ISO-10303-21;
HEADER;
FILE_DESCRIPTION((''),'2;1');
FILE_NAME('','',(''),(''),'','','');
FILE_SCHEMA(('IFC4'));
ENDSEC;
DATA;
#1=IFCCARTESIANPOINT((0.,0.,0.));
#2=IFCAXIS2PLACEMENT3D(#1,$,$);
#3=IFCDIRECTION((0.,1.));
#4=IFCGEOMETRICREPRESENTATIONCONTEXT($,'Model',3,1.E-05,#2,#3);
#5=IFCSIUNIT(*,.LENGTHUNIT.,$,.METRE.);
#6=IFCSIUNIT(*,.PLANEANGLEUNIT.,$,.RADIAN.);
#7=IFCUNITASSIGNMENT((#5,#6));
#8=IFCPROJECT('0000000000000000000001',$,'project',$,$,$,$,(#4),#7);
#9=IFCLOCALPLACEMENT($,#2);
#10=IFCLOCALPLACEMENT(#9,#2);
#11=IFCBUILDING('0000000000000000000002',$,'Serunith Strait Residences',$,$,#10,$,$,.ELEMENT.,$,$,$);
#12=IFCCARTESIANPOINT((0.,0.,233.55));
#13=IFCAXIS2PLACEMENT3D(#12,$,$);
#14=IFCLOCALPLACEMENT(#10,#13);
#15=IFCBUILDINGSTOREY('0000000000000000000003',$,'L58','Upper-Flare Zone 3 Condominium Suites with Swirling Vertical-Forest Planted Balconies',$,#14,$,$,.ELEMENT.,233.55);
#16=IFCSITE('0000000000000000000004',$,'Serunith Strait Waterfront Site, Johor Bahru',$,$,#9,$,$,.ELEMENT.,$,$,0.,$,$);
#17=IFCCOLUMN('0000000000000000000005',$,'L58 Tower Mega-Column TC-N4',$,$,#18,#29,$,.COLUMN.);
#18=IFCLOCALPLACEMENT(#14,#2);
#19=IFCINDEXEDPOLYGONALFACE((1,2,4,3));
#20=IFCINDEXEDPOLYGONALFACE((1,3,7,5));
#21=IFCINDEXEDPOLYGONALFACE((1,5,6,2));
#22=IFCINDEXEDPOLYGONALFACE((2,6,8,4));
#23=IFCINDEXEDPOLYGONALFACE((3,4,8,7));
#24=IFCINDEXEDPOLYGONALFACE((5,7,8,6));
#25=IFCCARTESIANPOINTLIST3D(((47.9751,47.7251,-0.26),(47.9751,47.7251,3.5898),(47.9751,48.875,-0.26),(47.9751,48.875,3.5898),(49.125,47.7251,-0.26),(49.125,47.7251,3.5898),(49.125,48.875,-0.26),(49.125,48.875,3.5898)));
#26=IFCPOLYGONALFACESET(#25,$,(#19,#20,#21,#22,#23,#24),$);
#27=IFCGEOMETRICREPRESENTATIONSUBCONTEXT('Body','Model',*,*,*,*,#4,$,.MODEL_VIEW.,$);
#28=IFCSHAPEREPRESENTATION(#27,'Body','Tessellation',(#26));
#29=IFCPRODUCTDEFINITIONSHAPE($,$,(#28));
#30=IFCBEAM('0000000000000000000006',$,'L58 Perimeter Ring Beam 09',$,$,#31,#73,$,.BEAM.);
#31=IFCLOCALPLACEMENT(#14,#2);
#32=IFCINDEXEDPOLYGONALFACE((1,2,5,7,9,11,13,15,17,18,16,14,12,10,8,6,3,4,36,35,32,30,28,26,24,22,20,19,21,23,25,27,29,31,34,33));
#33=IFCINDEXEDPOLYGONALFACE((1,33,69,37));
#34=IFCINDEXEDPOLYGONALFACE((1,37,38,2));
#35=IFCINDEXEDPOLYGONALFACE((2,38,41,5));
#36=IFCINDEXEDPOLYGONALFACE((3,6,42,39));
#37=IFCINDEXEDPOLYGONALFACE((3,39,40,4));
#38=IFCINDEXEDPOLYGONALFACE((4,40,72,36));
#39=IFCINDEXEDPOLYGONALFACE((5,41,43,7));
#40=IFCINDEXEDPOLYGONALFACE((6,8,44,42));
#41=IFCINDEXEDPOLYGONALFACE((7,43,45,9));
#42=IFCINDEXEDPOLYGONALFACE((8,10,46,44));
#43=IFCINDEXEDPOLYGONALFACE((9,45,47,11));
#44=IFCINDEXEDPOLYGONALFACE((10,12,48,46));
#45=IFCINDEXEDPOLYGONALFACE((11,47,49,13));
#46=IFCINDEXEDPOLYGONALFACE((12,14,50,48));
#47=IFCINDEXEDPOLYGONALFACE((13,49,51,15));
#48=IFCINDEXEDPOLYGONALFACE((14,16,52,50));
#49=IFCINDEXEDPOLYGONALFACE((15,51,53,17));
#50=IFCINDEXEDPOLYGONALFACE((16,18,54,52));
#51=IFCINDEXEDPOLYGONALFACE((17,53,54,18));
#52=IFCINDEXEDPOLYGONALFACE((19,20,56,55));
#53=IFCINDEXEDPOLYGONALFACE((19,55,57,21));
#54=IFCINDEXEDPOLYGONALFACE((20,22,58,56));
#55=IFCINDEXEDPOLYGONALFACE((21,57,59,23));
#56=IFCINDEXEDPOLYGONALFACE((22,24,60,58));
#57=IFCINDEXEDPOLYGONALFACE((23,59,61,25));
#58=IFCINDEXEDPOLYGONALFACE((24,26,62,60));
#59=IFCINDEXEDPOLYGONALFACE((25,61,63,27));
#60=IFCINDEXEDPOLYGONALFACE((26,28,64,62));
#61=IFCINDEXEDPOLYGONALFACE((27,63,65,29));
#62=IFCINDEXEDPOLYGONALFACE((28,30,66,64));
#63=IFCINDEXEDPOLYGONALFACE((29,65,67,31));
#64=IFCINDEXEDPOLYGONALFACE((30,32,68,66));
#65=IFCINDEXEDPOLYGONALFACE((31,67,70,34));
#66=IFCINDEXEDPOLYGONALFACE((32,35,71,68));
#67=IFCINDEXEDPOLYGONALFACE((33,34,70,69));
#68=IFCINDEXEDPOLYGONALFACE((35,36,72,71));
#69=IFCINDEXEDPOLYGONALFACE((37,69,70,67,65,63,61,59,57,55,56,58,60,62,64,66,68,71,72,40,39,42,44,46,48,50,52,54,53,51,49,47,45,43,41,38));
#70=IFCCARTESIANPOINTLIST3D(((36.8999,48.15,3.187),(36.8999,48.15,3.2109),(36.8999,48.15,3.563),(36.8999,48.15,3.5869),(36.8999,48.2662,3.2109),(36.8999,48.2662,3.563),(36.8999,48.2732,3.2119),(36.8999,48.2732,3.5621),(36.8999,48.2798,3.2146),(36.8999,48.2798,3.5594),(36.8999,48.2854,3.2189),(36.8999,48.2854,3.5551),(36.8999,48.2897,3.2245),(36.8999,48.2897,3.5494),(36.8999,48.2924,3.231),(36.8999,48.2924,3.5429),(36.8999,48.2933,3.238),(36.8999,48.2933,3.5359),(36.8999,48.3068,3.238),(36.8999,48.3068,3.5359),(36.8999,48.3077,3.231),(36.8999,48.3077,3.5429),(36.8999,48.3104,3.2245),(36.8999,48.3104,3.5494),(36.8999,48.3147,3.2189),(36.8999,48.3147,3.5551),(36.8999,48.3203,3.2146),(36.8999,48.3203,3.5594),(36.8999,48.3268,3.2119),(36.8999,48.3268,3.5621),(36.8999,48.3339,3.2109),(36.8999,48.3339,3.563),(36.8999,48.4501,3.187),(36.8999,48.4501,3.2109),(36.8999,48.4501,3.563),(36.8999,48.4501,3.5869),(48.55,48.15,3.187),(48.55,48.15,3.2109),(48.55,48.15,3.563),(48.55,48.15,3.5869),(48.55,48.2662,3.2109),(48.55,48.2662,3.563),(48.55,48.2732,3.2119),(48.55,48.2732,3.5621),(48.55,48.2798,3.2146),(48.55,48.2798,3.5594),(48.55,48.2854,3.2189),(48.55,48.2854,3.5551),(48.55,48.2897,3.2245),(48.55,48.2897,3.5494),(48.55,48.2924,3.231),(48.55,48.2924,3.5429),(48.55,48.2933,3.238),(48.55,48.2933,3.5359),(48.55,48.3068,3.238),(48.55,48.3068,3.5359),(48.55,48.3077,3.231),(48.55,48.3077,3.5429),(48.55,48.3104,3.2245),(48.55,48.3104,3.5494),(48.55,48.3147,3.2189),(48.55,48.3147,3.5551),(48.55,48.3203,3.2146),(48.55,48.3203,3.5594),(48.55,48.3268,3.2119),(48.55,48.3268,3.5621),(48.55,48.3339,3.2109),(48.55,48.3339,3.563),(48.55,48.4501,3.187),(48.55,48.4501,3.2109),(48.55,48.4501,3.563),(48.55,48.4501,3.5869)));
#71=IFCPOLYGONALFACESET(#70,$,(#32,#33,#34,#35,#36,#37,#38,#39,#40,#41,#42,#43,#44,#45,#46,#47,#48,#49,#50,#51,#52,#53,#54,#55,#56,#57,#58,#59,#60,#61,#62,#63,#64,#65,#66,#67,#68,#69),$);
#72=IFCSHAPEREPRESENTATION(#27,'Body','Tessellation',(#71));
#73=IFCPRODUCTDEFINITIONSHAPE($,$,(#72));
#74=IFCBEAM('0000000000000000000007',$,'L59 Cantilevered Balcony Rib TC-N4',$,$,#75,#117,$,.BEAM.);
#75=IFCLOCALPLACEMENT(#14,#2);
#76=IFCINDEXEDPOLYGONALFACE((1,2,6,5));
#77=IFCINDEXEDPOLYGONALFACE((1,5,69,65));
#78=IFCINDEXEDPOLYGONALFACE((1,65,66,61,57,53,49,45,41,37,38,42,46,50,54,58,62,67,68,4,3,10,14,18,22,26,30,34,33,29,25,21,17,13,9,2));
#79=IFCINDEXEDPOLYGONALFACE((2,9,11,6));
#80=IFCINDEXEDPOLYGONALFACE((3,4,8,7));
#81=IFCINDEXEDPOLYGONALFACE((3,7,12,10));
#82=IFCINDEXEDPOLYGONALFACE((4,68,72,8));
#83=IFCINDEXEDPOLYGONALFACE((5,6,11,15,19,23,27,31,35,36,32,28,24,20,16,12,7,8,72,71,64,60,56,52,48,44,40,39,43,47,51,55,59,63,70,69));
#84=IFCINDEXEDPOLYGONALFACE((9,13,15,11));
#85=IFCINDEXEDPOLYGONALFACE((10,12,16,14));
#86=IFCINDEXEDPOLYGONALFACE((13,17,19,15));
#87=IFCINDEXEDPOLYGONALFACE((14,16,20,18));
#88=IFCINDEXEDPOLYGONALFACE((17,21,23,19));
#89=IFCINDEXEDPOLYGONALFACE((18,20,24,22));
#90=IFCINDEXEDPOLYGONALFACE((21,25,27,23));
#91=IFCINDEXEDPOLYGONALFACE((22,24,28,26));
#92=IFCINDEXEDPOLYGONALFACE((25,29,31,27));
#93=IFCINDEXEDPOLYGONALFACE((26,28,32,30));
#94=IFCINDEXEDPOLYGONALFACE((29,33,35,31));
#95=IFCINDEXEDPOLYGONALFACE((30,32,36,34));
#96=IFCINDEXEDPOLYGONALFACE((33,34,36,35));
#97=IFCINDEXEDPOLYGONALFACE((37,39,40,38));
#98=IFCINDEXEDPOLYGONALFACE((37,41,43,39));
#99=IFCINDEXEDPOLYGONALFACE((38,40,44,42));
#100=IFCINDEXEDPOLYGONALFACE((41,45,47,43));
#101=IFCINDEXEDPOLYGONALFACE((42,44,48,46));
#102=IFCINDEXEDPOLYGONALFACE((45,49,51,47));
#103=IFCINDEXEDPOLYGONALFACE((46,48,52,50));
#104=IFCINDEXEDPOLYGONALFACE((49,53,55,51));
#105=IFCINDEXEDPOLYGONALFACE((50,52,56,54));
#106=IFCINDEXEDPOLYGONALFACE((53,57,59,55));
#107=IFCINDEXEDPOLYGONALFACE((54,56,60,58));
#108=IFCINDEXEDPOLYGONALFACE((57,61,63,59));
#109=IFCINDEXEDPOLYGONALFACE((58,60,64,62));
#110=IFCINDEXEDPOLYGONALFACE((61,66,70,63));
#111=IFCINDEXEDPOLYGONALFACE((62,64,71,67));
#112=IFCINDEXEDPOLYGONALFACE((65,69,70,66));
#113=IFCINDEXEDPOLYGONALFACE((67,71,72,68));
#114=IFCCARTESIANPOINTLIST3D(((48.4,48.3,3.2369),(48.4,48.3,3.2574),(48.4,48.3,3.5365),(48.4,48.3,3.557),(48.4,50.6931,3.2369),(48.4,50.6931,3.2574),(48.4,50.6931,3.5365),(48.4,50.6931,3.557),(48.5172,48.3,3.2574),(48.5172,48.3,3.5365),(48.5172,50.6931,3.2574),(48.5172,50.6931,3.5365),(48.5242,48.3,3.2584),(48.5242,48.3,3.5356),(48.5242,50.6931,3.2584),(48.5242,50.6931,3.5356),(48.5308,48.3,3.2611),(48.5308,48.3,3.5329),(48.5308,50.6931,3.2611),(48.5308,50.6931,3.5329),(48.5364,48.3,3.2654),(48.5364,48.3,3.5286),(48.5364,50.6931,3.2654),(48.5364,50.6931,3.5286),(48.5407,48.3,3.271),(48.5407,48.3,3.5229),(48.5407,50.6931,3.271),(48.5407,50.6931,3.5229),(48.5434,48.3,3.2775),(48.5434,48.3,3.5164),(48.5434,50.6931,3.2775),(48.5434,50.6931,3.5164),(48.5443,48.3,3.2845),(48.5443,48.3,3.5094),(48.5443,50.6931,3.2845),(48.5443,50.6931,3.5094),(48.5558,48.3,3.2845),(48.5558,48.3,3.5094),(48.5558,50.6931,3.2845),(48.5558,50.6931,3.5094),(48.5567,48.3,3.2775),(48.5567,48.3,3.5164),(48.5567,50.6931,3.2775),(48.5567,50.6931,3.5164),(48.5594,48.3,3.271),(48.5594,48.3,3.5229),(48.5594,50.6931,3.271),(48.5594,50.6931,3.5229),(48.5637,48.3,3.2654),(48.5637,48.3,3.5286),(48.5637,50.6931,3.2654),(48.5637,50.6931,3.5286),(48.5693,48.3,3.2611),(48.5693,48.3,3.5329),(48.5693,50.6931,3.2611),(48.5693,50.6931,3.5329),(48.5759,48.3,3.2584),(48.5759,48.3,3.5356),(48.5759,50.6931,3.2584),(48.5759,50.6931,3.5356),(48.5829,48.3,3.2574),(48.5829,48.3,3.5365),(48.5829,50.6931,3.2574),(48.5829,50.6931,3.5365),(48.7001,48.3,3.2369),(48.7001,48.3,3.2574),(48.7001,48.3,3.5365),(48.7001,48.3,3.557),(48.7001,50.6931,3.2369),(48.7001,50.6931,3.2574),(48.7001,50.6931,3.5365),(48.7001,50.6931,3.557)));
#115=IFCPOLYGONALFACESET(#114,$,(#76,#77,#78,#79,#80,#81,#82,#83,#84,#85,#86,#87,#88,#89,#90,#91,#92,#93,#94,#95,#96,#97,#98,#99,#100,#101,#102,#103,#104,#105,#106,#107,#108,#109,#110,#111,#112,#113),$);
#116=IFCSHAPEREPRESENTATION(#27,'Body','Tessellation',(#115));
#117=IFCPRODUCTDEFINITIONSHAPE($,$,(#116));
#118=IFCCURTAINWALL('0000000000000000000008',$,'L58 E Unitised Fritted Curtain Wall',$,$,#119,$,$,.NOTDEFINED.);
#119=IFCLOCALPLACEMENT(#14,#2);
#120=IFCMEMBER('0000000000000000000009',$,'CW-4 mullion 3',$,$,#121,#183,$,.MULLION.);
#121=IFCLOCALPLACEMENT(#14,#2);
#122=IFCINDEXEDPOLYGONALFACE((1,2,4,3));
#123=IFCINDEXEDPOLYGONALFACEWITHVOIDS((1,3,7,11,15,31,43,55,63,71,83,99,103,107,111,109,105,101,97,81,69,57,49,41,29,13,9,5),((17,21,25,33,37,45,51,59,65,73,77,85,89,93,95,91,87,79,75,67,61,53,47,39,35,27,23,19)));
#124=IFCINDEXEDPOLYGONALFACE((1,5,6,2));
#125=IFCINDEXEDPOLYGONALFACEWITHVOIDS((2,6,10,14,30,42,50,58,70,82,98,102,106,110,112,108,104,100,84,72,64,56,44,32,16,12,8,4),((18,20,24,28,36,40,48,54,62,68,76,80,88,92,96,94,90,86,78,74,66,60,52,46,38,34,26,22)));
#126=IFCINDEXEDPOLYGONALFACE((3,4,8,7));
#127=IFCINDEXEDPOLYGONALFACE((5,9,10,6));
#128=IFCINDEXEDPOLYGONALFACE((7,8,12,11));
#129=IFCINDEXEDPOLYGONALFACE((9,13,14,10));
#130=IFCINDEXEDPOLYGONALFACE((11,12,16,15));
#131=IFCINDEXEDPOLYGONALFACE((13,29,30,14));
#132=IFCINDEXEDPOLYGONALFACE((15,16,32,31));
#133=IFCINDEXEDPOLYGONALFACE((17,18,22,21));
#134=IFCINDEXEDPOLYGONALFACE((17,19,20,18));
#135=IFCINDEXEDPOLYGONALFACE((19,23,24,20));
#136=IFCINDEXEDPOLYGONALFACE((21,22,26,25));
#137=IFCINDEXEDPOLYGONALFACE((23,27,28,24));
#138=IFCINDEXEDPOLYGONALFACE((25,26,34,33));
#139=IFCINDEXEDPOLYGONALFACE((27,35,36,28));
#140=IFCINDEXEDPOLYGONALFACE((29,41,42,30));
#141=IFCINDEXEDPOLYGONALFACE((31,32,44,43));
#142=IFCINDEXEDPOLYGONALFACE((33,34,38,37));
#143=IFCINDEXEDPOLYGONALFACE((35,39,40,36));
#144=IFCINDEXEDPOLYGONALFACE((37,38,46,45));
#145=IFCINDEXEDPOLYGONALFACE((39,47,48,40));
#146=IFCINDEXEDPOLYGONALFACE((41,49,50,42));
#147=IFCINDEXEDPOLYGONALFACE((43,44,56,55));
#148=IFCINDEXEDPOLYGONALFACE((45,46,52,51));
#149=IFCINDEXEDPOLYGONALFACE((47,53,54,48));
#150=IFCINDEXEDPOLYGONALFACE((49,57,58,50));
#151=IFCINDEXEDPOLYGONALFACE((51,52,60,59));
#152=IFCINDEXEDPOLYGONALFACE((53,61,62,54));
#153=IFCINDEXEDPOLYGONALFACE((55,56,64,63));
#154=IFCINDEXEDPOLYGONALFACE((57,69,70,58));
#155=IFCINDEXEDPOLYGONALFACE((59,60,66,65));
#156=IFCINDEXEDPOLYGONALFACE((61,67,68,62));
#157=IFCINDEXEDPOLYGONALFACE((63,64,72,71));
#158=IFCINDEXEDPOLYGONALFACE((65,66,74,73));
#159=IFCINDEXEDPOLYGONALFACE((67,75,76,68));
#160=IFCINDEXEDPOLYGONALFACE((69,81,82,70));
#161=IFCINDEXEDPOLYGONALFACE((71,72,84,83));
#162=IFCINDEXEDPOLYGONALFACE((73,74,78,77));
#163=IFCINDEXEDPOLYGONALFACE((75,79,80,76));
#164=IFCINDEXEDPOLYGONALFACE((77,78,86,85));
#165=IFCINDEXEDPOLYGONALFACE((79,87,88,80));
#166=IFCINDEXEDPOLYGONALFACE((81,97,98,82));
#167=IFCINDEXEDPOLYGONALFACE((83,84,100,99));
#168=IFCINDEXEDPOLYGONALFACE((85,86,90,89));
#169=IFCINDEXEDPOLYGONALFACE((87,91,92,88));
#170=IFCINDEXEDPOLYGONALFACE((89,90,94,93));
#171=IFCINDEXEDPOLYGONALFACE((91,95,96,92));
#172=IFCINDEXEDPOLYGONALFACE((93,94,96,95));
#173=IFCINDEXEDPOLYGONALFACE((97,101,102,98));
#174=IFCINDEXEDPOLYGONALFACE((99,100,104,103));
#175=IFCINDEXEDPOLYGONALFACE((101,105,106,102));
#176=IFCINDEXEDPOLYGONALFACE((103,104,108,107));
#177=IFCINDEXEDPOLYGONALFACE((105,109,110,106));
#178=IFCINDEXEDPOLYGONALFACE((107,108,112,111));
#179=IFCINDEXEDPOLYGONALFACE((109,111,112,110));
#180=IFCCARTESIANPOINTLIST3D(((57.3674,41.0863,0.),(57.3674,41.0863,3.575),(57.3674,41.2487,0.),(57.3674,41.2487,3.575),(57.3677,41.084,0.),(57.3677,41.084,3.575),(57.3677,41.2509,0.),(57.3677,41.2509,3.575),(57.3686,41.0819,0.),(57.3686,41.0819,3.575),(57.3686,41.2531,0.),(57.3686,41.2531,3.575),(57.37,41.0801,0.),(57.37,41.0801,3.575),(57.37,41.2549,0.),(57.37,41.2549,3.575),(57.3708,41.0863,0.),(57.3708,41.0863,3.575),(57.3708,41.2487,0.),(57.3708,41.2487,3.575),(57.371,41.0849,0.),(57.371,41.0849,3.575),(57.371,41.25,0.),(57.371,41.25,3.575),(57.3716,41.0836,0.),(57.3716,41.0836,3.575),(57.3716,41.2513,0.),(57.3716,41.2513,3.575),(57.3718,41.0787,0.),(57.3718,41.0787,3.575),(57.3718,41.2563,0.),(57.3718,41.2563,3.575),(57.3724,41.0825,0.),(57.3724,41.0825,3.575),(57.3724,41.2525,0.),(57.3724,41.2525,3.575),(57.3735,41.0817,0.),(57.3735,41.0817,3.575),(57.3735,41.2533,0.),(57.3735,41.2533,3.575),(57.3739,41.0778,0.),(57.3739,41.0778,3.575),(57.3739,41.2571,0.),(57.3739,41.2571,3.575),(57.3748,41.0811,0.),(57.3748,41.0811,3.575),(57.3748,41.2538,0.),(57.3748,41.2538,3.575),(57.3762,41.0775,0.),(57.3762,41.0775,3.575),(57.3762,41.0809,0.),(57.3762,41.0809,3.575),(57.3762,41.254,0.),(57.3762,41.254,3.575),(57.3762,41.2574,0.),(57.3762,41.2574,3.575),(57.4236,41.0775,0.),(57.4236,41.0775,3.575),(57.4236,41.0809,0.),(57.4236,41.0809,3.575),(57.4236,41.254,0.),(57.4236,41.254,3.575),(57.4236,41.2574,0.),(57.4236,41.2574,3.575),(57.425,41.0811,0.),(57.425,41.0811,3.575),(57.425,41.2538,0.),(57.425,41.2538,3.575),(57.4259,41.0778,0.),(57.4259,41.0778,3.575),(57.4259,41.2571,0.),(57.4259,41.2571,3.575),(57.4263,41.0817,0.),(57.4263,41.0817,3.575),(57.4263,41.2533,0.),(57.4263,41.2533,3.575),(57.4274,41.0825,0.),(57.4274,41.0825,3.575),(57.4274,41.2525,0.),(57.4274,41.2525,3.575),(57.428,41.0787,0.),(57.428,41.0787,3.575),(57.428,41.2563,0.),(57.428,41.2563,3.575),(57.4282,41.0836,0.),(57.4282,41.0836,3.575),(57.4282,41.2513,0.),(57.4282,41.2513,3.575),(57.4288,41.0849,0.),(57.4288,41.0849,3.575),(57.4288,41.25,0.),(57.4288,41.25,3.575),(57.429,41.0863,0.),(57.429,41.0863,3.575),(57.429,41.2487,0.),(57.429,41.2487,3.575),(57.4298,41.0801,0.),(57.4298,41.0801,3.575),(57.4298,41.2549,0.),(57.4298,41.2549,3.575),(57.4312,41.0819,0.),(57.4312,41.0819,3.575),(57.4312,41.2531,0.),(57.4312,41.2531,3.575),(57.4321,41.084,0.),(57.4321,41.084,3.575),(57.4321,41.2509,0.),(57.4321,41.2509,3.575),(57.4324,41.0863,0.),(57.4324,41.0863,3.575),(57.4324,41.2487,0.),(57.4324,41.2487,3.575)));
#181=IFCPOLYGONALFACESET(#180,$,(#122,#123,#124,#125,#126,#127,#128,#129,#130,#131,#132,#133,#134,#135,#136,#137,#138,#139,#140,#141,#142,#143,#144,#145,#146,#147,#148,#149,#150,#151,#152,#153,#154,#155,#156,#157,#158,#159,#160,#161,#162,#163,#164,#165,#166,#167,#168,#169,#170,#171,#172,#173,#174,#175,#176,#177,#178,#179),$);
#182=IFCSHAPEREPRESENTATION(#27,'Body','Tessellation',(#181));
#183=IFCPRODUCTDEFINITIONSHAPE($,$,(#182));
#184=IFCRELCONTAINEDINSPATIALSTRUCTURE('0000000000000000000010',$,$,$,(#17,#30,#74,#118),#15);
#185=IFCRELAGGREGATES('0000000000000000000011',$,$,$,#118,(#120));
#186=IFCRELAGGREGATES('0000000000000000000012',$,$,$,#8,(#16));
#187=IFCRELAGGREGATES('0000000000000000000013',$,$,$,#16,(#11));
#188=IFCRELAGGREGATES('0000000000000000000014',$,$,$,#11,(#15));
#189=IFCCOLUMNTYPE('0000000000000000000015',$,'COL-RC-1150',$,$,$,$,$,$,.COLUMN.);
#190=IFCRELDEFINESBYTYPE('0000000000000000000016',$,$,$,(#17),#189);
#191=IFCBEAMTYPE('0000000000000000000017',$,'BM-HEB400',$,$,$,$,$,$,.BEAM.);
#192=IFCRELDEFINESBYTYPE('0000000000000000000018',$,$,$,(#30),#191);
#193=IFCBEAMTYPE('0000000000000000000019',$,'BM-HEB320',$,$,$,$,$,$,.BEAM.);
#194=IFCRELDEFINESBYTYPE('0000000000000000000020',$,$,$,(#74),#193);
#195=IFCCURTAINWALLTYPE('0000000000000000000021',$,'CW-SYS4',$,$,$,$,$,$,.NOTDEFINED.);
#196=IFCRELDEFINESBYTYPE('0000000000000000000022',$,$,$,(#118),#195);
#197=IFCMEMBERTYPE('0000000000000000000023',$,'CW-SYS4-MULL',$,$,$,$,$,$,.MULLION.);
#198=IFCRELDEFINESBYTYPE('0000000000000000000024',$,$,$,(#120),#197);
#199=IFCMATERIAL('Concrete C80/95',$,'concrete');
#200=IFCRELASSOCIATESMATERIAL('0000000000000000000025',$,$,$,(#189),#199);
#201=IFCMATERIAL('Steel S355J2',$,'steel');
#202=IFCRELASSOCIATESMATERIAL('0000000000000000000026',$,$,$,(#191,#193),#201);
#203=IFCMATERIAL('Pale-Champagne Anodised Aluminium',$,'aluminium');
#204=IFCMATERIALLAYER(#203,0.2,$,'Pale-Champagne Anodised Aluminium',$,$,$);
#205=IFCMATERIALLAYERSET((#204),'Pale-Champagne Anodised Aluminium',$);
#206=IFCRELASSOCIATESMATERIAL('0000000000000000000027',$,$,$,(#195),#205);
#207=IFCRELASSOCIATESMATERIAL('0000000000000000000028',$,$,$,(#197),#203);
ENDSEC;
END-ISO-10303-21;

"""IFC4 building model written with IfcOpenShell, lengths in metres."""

from ifc_helpers import new_model, si_unit, direction, frame, origin, origin_2d, place, context, subcontext, project, spatial, rectangle, hollow_rectangle, i_section, extrude, source, transform, mapped, material, layer, layer_set, material_profile, profile_set, type_object, element, aggregate, save


model = new_model("IFC4")

# Units and contexts
model_context = context("Model", 3, precision=1e-05, world=origin(), true_north=direction((0.0, 1.0)))
body_context = subcontext(model_context, "Body", "Model", "MODEL_VIEW")
ifc_project = project(units=[si_unit("LENGTHUNIT", "METRE"), si_unit("PLANEANGLEUNIT", "RADIAN")], contexts=[model_context])

# Site, building, storey
site_placement = place(None, origin())
site = spatial("IfcSite", under=ifc_project, at=site_placement, Name="Serunith Strait Waterfront Site, Johor Bahru", CompositionType="ELEMENT", RefElevation=0.0)
building_placement = place(site_placement, origin())
building = spatial("IfcBuilding", under=site, at=building_placement, Name="Serunith Strait Residences", CompositionType="ELEMENT")
storey_placement = place(building_placement, frame((0.0, 0.0, 233.55)))
storey = spatial("IfcBuildingStorey", under=building, at=storey_placement, Name="L58", Description="Upper-Flare Zone 3 Condominium Suites with Swirling Vertical-Forest Planted Balconies", CompositionType="ELEMENT", Elevation=233.55)

# Column
ifc_material_1 = material(Name="Concrete C80/95", Category="concrete")
ifc_material_profile_1 = material_profile(ifc_material_1, rectangle(XDim=1.1499, YDim=1.1499, at=origin_2d()), Name="RC 1150x1150")
ifc_profile_set_1 = profile_set([ifc_material_profile_1], Name="Concrete C80/95")
column_type = type_object("IfcColumnType", Name="COL-RC-1150", PredefinedType="COLUMN", material=ifc_profile_set_1)
shared_shape_1 = source(origin(), body_context, "Body", "SweptSolid", [
    extrude(rectangle(XDim=1.1499, YDim=1.1499, at=origin_2d()), origin(), (0.0, 0.0, 1.0), 3.8499),
])
column_placement = place(storey_placement, frame((48.55, 48.3, -0.26), z_axis=(0.0, 0.0, 1.0), x_axis=(1.0, 0.0, 0.0)))
element("IfcColumn", 1, at=column_placement, inside=storey, type_object=column_type, Name="L58 Tower Mega-Column TC-N4", PredefinedType="COLUMN", context=body_context, shape_type="MappedRepresentation", body=[
    mapped(shared_shape_1, transform((0.0, 0.0, 0.0), scale=1.0)),
])

# Beams
ifc_material_2 = material(Name="Steel S355J2", Category="steel")
ifc_material_profile_2 = material_profile(ifc_material_2, i_section(OverallWidth=0.3, OverallDepth=0.3999, WebThickness=0.0134, FlangeThickness=0.0239, FilletRadius=0.0271, at=origin_2d()), Name="HEB 400")
ifc_profile_set_2 = profile_set([ifc_material_profile_2], Name="Steel S355J2")
beam_type_1 = type_object("IfcBeamType", Name="BM-HEB400", PredefinedType="BEAM", material=ifc_profile_set_2)
shared_shape_2 = source(origin(), body_context, "Body", "SweptSolid", [
    extrude(i_section(OverallWidth=0.3, OverallDepth=0.3999, WebThickness=0.0134, FlangeThickness=0.0239, FilletRadius=0.0271, at=origin_2d()), origin(), (0.0, 0.0, 1.0), 11.6501),
])
beam_1_placement = place(storey_placement, frame((48.55, 48.3, 3.387), z_axis=(-1.0, 0.0, 0.0), x_axis=(0.0, -1.0, 0.0)))
element("IfcBeam", 2, at=beam_1_placement, inside=storey, type_object=beam_type_1, Name="L58 Perimeter Ring Beam 09", PredefinedType="BEAM", context=body_context, shape_type="MappedRepresentation", body=[
    mapped(shared_shape_2, transform((0.0, 0.0, 0.0), scale=1.0)),
])
ifc_material_profile_3 = material_profile(ifc_material_2, i_section(OverallWidth=0.3, OverallDepth=0.3201, WebThickness=0.0115, FlangeThickness=0.0205, FilletRadius=0.0271, at=origin_2d()), Name="HEB 320")
ifc_profile_set_3 = profile_set([ifc_material_profile_3], Name="Steel S355J2")
beam_type_2 = type_object("IfcBeamType", Name="BM-HEB320", PredefinedType="BEAM", material=ifc_profile_set_3)
shared_shape_3 = source(origin(), body_context, "Body", "SweptSolid", [
    extrude(i_section(OverallWidth=0.3, OverallDepth=0.3201, WebThickness=0.0115, FlangeThickness=0.0205, FilletRadius=0.0271, at=origin_2d()), origin(), (0.0, 0.0, 1.0), 2.3931),
])
beam_2_placement = place(storey_placement, frame((48.55, 48.3, 3.397), z_axis=(0.0, 1.0, 0.0), x_axis=(-1.0, 0.0, 0.0)))
element("IfcBeam", 3, at=beam_2_placement, inside=storey, type_object=beam_type_2, Name="L59 Cantilevered Balcony Rib TC-N4", PredefinedType="BEAM", context=body_context, shape_type="MappedRepresentation", body=[
    mapped(shared_shape_3, transform((0.0, 0.0, 0.0), scale=1.0)),
])

# Curtain wall, member
ifc_material_3 = material(Name="Pale-Champagne Anodised Aluminium", Category="aluminium")
ifc_layer_1 = layer(ifc_material_3, 0.2, Name="Pale-Champagne Anodised Aluminium")
ifc_layer_set_1 = layer_set([ifc_layer_1], Name="Pale-Champagne Anodised Aluminium")
curtain_wall_type = type_object("IfcCurtainWallType", Name="CW-SYS4", PredefinedType="NOTDEFINED", material=ifc_layer_set_1)
curtain_wall_1_placement = place(storey_placement, origin())
curtain_wall_1 = element("IfcCurtainWall", 4, at=curtain_wall_1_placement, inside=storey, type_object=curtain_wall_type, Name="L58 E Unitised Fritted Curtain Wall", PredefinedType="NOTDEFINED")
ifc_material_profile_4 = material_profile(ifc_material_3, hollow_rectangle(XDim=0.0649, YDim=0.1799, WallThickness=0.0034, InnerFilletRadius=0.0054, OuterFilletRadius=0.0088, at=origin_2d()), Name="ALU 180x65x3.5")
ifc_profile_set_4 = profile_set([ifc_material_profile_4], Name="Pale-Champagne Anodised Aluminium")
member_type_1 = type_object("IfcMemberType", Name="CW-SYS4-MULL", PredefinedType="MULLION", material=ifc_profile_set_4)
shared_shape_4 = source(origin(), body_context, "Body", "SweptSolid", [
    extrude(hollow_rectangle(XDim=0.0649, YDim=0.1799, WallThickness=0.0034, InnerFilletRadius=0.0054, OuterFilletRadius=0.0088, at=origin_2d()), origin(), (0.0, 0.0, 1.0), 3.575),
])
member_1_placement = place(storey_placement, frame((57.3999, 41.1675, 0.0), z_axis=(0.0, 0.0, 1.0), x_axis=(-1.0, 0.0, 0.0)))
member_1 = element("IfcMember", 5, at=member_1_placement, type_object=member_type_1, Name="CW-4 mullion 3", PredefinedType="MULLION", context=body_context, shape_type="MappedRepresentation", body=[
    mapped(shared_shape_4, transform((0.0, 0.0, 0.0), scale=1.0)),
])
aggregate(curtain_wall_1, [member_1])

save(model, "model.ifc")
